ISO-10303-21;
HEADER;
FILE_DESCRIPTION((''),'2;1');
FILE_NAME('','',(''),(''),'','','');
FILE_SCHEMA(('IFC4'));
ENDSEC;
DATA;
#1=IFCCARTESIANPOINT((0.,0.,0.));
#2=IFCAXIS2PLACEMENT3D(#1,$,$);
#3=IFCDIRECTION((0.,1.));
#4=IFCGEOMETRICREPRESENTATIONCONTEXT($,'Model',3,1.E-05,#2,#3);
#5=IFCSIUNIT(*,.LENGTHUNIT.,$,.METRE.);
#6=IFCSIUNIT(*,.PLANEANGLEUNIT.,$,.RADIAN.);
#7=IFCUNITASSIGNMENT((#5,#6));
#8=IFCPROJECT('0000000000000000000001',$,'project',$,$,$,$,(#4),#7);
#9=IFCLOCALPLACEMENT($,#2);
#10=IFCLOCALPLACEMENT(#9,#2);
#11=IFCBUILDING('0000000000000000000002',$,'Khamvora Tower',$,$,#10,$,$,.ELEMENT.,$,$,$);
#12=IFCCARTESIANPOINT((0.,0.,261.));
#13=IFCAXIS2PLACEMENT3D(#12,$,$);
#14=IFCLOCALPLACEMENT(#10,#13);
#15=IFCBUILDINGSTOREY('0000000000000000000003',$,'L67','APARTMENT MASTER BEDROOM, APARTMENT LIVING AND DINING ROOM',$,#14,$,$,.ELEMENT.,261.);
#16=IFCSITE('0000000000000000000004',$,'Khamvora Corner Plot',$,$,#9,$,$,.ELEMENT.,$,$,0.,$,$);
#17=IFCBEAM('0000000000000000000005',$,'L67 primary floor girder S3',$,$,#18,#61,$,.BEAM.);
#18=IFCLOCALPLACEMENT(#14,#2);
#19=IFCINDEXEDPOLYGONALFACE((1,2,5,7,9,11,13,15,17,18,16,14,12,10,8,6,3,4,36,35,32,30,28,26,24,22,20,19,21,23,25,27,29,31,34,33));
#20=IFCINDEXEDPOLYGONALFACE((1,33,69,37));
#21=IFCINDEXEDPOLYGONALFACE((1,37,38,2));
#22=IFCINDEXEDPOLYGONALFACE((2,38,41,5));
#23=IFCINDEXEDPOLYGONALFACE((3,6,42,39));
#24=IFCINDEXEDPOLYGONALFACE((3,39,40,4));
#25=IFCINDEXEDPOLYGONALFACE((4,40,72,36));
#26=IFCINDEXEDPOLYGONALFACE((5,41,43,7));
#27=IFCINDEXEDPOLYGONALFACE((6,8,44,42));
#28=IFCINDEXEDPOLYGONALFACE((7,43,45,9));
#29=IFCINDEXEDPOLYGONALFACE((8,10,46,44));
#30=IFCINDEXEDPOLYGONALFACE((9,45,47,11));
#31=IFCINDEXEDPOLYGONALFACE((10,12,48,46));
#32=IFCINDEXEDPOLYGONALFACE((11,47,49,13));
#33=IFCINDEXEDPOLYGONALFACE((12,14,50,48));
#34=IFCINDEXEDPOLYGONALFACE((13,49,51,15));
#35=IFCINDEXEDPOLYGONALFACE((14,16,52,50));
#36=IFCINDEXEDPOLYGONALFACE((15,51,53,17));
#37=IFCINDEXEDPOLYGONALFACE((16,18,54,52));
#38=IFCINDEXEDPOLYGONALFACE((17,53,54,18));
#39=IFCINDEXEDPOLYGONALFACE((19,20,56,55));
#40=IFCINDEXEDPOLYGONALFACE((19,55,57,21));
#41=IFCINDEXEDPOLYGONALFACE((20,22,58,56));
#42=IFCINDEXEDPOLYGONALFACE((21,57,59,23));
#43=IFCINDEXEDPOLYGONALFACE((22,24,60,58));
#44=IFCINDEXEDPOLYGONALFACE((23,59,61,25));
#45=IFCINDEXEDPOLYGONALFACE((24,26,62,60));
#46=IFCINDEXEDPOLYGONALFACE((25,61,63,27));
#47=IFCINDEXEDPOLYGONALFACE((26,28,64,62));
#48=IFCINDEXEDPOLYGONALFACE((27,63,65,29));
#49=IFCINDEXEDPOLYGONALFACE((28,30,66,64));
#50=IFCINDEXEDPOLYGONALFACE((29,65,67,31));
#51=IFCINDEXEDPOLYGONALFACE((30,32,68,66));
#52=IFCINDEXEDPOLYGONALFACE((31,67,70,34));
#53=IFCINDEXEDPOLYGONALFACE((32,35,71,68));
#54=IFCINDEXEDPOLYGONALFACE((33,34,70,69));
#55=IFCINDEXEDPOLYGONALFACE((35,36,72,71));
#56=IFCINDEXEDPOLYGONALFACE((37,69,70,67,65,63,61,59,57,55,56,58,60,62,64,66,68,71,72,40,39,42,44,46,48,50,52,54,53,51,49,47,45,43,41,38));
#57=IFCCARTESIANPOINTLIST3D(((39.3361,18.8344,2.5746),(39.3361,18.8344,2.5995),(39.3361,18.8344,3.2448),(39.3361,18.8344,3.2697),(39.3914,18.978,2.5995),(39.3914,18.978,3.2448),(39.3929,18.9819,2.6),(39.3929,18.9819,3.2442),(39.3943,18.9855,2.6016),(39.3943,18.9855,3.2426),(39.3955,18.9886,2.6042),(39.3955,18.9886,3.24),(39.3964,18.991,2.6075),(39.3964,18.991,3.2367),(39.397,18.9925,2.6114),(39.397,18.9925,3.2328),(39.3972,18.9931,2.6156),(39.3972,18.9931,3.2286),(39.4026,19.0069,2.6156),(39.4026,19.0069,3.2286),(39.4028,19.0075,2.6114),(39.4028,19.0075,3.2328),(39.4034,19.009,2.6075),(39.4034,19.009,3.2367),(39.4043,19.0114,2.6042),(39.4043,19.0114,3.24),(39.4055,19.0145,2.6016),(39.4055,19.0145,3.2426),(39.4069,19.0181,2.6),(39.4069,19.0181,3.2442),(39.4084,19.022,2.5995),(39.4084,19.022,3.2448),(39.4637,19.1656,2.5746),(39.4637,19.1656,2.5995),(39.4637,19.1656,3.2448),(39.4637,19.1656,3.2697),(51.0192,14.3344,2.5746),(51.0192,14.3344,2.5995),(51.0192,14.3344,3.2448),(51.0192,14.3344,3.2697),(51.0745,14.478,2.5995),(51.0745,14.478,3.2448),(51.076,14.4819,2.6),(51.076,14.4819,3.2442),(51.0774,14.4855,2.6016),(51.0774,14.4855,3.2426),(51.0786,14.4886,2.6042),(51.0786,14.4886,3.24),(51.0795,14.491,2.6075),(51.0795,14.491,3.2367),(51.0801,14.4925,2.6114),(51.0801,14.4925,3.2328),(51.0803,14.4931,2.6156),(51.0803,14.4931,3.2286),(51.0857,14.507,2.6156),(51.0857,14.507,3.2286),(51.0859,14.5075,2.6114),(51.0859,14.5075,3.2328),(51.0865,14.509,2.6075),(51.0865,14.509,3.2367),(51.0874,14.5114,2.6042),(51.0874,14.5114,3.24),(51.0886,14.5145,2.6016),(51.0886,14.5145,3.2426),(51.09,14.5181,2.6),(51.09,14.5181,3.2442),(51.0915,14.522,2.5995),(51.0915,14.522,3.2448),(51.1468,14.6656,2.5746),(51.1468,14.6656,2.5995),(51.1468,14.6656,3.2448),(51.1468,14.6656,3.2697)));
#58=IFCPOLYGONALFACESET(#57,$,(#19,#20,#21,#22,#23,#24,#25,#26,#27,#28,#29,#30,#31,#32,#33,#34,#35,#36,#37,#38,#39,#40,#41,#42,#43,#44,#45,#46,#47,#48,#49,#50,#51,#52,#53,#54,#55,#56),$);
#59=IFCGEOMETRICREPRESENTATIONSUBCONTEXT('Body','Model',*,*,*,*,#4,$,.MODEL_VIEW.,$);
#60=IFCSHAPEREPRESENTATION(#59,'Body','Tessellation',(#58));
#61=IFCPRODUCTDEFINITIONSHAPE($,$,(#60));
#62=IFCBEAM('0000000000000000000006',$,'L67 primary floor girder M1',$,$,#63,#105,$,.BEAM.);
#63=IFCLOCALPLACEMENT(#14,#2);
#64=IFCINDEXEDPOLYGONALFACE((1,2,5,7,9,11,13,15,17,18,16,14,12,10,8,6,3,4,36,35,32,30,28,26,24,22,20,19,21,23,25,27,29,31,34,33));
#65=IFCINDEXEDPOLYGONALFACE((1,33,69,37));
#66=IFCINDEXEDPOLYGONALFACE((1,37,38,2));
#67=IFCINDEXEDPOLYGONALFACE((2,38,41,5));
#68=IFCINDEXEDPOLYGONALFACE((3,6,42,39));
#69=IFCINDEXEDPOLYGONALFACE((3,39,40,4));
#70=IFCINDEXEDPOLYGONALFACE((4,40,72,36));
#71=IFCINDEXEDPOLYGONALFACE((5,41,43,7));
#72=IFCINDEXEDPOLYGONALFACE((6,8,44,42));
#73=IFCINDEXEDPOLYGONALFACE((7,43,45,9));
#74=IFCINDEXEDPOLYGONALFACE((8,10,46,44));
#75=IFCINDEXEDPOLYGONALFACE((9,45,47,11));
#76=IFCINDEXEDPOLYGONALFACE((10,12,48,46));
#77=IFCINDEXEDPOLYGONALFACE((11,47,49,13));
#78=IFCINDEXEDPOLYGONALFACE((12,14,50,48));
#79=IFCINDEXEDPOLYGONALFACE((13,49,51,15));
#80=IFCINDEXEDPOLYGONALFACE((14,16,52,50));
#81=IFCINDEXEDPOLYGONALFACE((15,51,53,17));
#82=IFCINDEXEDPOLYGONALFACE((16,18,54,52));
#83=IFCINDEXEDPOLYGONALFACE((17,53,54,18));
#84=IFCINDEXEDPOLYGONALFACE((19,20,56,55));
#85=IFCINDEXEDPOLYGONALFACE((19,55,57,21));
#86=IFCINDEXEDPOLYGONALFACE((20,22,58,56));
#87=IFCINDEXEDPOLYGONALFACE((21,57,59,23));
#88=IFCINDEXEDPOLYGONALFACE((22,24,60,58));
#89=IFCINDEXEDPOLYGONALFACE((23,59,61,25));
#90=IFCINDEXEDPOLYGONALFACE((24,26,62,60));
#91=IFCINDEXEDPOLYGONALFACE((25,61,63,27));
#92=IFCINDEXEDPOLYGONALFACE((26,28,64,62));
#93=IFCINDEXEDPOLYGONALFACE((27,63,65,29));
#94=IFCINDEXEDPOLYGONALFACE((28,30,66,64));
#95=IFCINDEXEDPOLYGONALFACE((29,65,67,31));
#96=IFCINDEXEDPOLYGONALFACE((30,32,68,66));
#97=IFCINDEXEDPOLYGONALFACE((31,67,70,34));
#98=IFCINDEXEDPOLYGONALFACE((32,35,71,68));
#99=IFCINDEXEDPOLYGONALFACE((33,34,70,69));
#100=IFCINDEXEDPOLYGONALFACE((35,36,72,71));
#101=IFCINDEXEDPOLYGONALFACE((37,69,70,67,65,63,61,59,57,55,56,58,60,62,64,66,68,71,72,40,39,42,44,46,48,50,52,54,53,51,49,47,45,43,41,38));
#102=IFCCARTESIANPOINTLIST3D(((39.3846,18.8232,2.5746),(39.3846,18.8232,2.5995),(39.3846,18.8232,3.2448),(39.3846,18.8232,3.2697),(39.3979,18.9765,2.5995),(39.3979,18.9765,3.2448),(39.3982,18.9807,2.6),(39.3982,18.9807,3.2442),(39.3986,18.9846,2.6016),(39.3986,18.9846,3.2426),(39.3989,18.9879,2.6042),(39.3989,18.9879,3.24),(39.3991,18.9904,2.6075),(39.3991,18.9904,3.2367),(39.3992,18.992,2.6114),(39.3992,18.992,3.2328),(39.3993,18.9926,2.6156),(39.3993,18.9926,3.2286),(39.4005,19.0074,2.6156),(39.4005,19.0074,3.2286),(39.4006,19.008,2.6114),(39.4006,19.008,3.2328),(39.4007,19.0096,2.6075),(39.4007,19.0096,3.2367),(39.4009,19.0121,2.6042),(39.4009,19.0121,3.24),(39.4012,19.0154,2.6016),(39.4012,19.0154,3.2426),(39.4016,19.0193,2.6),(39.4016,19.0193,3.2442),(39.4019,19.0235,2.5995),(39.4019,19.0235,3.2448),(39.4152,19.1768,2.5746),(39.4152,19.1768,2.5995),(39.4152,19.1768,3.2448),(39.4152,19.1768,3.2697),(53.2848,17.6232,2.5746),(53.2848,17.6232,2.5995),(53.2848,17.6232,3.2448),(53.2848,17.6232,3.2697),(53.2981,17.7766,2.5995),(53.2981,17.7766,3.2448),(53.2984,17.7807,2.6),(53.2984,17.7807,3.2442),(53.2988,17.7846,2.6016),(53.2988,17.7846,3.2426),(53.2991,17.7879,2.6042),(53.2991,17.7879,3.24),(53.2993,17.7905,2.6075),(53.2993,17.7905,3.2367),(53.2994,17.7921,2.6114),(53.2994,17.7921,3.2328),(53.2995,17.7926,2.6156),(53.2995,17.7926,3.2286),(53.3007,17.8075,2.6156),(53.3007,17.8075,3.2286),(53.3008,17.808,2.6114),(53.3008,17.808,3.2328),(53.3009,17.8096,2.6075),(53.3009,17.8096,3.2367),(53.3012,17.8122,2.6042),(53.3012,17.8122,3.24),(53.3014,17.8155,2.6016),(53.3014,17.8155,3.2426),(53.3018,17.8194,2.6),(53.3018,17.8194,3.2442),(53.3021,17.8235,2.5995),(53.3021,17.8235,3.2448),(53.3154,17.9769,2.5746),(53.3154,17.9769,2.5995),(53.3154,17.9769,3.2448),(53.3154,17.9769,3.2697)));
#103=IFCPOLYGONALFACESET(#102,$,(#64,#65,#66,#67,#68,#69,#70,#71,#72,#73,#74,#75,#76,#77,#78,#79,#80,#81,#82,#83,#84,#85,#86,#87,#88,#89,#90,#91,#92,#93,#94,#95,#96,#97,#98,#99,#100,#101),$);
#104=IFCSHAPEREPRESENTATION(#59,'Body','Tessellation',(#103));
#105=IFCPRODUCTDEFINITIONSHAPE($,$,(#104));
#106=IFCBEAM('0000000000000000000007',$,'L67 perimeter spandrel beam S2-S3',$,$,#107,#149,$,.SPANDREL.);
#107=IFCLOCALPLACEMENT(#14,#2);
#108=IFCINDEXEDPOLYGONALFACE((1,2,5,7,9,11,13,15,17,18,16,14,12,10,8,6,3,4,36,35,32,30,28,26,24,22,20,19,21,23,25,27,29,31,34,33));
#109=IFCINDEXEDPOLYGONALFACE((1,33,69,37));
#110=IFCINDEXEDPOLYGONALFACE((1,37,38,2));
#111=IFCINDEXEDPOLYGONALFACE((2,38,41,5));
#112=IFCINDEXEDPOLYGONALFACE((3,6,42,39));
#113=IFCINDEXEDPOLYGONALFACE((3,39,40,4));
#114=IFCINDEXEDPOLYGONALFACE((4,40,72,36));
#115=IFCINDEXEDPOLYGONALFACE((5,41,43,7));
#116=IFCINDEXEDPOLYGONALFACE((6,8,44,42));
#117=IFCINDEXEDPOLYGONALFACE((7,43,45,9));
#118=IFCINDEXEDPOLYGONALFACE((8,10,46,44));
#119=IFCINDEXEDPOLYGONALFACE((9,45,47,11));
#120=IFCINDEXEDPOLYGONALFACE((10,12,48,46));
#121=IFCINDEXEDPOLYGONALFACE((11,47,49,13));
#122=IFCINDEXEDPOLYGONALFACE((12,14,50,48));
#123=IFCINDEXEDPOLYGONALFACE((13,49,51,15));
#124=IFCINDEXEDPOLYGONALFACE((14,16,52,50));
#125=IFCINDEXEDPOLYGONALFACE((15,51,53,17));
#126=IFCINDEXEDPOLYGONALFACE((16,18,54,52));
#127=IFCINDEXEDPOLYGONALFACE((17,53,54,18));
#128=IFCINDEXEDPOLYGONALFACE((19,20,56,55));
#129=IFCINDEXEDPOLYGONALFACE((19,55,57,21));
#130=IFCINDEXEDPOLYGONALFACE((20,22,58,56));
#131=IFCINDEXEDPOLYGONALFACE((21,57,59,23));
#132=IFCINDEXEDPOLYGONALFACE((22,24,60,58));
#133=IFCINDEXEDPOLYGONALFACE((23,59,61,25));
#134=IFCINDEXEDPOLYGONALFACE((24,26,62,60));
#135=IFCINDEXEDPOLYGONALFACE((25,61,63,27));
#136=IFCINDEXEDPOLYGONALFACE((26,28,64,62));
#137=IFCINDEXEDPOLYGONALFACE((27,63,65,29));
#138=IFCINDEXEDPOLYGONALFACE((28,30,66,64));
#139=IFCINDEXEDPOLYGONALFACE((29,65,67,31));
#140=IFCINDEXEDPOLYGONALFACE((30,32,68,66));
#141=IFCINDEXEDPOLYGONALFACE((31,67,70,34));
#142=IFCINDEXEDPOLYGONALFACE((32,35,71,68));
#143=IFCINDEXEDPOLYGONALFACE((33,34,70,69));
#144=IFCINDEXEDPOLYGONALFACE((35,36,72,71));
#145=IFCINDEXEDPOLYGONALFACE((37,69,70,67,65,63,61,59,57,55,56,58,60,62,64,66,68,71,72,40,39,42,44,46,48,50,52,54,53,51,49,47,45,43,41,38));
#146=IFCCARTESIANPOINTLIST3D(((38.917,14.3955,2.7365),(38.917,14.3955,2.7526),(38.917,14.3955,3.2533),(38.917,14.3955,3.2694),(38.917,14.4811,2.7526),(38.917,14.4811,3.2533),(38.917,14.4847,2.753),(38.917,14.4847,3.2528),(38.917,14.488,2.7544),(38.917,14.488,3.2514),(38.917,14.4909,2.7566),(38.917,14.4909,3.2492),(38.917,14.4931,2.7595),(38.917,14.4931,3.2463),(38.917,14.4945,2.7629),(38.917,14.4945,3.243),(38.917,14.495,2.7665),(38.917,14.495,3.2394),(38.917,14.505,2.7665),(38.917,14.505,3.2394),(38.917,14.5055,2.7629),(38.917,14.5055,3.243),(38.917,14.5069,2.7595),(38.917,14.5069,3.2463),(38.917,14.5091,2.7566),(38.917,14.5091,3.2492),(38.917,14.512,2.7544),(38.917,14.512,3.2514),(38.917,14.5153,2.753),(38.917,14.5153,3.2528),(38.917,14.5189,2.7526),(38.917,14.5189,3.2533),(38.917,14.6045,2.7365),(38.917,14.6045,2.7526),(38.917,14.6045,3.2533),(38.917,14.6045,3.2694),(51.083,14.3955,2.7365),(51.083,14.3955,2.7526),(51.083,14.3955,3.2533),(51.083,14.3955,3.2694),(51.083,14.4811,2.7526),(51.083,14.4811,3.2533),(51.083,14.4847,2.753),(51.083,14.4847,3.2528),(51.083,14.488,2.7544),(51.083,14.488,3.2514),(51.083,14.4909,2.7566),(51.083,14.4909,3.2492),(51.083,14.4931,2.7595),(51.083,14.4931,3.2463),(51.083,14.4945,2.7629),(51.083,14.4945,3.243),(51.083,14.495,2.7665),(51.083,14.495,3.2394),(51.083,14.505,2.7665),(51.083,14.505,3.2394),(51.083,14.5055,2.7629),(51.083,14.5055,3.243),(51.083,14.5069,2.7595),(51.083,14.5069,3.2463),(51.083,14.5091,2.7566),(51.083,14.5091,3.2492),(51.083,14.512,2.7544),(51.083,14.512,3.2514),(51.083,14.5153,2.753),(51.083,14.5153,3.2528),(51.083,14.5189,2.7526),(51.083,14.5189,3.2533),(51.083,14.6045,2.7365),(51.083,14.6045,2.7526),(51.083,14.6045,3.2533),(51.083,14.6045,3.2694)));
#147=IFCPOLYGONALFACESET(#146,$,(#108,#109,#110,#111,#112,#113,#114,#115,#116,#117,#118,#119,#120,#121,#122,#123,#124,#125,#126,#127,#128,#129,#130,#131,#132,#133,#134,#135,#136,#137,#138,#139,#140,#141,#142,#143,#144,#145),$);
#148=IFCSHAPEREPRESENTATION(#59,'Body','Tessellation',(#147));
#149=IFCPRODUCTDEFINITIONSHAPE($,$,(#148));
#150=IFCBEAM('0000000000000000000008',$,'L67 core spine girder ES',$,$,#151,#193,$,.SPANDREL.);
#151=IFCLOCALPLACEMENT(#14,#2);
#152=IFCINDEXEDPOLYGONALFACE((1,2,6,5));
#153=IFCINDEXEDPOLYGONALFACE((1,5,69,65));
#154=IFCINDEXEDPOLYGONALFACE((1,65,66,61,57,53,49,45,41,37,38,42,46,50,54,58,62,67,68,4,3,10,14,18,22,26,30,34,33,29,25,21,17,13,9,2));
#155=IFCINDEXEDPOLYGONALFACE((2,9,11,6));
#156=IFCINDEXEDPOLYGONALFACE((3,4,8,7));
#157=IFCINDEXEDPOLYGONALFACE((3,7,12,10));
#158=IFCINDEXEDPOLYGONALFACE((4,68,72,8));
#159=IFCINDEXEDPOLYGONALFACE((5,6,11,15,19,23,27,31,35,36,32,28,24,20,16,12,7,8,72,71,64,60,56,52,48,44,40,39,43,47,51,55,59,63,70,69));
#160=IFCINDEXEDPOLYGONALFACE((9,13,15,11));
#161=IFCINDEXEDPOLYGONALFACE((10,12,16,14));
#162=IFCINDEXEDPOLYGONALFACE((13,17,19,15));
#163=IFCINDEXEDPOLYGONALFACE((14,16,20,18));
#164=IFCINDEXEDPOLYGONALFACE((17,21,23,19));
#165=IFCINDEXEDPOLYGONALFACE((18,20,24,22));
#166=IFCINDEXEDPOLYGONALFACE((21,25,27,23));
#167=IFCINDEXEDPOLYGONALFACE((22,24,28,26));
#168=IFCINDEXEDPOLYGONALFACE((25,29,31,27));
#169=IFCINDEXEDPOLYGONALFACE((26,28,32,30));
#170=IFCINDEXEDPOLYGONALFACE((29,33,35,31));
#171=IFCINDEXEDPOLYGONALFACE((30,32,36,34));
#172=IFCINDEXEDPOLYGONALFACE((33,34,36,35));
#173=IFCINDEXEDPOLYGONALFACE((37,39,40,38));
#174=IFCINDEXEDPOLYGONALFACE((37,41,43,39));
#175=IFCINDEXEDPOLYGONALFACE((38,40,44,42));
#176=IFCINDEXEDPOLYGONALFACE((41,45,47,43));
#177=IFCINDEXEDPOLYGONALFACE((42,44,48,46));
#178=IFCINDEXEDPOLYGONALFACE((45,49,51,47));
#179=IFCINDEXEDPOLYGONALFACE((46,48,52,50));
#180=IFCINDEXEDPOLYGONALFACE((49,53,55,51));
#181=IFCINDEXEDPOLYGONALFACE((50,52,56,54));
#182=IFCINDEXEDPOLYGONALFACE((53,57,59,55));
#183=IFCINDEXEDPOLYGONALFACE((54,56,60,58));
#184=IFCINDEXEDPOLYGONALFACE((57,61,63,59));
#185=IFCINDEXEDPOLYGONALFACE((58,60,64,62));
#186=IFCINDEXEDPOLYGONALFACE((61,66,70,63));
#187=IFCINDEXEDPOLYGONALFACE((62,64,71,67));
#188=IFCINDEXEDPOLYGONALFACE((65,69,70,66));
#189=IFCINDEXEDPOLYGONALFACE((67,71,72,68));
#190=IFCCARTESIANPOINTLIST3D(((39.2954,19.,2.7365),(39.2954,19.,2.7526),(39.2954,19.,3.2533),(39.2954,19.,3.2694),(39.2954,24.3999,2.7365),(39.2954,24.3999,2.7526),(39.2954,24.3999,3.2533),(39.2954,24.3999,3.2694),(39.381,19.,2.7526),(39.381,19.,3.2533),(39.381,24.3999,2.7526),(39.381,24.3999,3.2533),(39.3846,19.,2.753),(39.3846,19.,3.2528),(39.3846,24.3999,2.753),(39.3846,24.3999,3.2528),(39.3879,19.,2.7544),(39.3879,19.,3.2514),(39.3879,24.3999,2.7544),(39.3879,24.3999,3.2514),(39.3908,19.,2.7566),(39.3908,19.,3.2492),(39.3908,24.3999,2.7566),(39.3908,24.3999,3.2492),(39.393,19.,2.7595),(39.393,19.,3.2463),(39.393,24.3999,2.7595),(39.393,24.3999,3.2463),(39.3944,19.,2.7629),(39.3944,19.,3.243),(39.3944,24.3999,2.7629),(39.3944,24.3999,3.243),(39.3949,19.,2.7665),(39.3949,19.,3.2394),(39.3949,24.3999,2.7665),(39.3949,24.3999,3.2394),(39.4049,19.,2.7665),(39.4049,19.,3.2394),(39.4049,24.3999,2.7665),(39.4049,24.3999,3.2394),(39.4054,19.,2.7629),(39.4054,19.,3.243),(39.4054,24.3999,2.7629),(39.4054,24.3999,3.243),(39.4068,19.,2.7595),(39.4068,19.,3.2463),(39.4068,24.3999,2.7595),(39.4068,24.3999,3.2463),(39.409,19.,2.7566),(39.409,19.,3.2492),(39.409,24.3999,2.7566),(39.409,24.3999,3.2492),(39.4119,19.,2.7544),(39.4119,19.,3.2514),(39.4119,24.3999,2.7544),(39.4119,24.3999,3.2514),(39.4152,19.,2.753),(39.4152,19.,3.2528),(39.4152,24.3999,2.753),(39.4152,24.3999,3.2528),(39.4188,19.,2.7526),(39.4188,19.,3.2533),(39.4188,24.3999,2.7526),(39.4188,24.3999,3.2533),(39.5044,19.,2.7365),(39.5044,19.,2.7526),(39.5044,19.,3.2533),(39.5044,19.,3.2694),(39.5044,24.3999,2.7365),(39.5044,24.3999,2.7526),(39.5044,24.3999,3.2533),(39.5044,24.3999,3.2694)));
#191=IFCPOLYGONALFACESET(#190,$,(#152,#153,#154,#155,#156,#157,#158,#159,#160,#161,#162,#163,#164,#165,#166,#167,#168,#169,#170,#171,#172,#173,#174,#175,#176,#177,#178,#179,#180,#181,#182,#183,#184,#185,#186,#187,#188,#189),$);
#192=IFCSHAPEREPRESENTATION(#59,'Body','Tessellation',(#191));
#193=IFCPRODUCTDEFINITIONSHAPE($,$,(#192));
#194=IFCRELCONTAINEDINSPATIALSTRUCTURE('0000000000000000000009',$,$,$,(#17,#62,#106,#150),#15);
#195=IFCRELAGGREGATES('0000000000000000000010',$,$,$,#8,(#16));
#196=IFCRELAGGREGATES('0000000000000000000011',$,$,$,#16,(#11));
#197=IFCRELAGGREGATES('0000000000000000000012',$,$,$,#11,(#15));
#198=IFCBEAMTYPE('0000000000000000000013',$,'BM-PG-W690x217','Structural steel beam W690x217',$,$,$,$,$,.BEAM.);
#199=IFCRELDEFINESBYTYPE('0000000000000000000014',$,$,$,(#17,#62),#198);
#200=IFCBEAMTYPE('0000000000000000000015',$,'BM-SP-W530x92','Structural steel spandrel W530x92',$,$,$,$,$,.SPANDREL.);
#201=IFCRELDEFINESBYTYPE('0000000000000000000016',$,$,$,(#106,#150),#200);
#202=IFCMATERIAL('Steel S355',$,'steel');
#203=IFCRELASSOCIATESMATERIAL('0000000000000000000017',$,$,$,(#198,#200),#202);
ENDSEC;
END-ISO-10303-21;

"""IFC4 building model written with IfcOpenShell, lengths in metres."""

from ifc_helpers import new_model, si_unit, direction, frame, origin, origin_2d, place, context, subcontext, project, spatial, i_section, extrude, material, material_profile, profile_set, type_object, element, save


model = new_model("IFC4")

# Units and contexts
model_context = context("Model", 3, precision=1e-05, world=origin(), true_north=direction((0.0, 1.0)))
body_context = subcontext(model_context, "Body", "Model", "MODEL_VIEW")
ifc_project = project(units=[si_unit("LENGTHUNIT", "METRE"), si_unit("PLANEANGLEUNIT", "RADIAN")], contexts=[model_context])

# Site, building, storey
site_placement = place(None, origin())
site = spatial("IfcSite", under=ifc_project, at=site_placement, Name="Khamvora Corner Plot", CompositionType="ELEMENT", RefElevation=0.0)
building_placement = place(site_placement, origin())
building = spatial("IfcBuilding", under=site, at=building_placement, Name="Khamvora Tower", CompositionType="ELEMENT")
storey_placement = place(building_placement, frame((0.0, 0.0, 261.0)))
storey = spatial("IfcBuildingStorey", under=building, at=storey_placement, Name="L67", Description="APARTMENT MASTER BEDROOM, APARTMENT LIVING AND DINING ROOM", CompositionType="ELEMENT", Elevation=261.0)

# Shared definitions
ifc_material_1 = material(Name="Steel S355", Category="steel")

# Beams
ifc_material_profile_1 = material_profile(ifc_material_1, i_section(OverallWidth=0.355, OverallDepth=0.6951, WebThickness=0.0149, FlangeThickness=0.0249, FilletRadius=0.0161, at=origin_2d()), Name="W690x217")
ifc_profile_set_1 = profile_set([ifc_material_profile_1], Name="Steel S355")
beam_type_1 = type_object("IfcBeamType", Name="BM-PG-W690x217", Description="Structural steel beam W690x217", PredefinedType="BEAM", material=ifc_profile_set_1)
beam_1_placement = place(storey_placement, frame((39.3999, 19.0, 2.9221), z_axis=(0.933172, -0.359431, 0.0), x_axis=(0.359431, 0.933172, 0.0)))
element("IfcBeam", 1, at=beam_1_placement, inside=storey, type_object=beam_type_1, Name="L67 primary floor girder S3", PredefinedType="BEAM", context=body_context, shape_type="SweptSolid", body=[
    extrude(i_section(OverallWidth=0.355, OverallDepth=0.6951, WebThickness=0.0149, FlangeThickness=0.0249, FilletRadius=0.0161, at=origin_2d()), origin(), (0.0, 0.0, 1.0), 12.5198),
])
beam_2_placement = place(storey_placement, frame((39.3999, 19.0, 2.9221), z_axis=(0.996295, -0.086007, 0.0), x_axis=(0.086007, 0.996295, 0.0)))
element("IfcBeam", 2, at=beam_2_placement, inside=storey, type_object=beam_type_1, Name="L67 primary floor girder M1", PredefinedType="BEAM", context=body_context, shape_type="SweptSolid", body=[
    extrude(i_section(OverallWidth=0.355, OverallDepth=0.6951, WebThickness=0.0149, FlangeThickness=0.0249, FilletRadius=0.0161, at=origin_2d()), origin(), (0.0, 0.0, 1.0), 13.9519),
])
ifc_material_profile_2 = material_profile(ifc_material_1, i_section(OverallWidth=0.209, OverallDepth=0.533, WebThickness=0.01, FlangeThickness=0.0161, FilletRadius=0.0139, at=origin_2d()), Name="W530x92")
ifc_profile_set_2 = profile_set([ifc_material_profile_2], Name="Steel S355")
beam_type_2 = type_object("IfcBeamType", Name="BM-SP-W530x92", Description="Structural steel spandrel W530x92", PredefinedType="SPANDREL", material=ifc_profile_set_2)
beam_3_placement = place(storey_placement, frame((38.917, 14.5, 3.0029), z_axis=(1.0, 0.0, 0.0), x_axis=(0.0, 1.0, 0.0)))
element("IfcBeam", 3, at=beam_3_placement, inside=storey, type_object=beam_type_2, Name="L67 perimeter spandrel beam S2-S3", PredefinedType="SPANDREL", context=body_context, shape_type="SweptSolid", body=[
    extrude(i_section(OverallWidth=0.209, OverallDepth=0.533, WebThickness=0.01, FlangeThickness=0.0161, FilletRadius=0.0139, at=origin_2d()), origin(), (0.0, 0.0, 1.0), 12.166),
])
beam_4_placement = place(storey_placement, frame((39.3999, 19.0, 3.0029), z_axis=(0.0, 1.0, 0.0), x_axis=(-1.0, 0.0, 0.0)))
element("IfcBeam", 4, at=beam_4_placement, inside=storey, type_object=beam_type_2, Name="L67 core spine girder ES", PredefinedType="SPANDREL", context=body_context, shape_type="SweptSolid", body=[
    extrude(i_section(OverallWidth=0.209, OverallDepth=0.533, WebThickness=0.01, FlangeThickness=0.0161, FilletRadius=0.0139, at=origin_2d()), origin(), (0.0, 0.0, 1.0), 5.3999),
])

save(model, "model.ifc")
